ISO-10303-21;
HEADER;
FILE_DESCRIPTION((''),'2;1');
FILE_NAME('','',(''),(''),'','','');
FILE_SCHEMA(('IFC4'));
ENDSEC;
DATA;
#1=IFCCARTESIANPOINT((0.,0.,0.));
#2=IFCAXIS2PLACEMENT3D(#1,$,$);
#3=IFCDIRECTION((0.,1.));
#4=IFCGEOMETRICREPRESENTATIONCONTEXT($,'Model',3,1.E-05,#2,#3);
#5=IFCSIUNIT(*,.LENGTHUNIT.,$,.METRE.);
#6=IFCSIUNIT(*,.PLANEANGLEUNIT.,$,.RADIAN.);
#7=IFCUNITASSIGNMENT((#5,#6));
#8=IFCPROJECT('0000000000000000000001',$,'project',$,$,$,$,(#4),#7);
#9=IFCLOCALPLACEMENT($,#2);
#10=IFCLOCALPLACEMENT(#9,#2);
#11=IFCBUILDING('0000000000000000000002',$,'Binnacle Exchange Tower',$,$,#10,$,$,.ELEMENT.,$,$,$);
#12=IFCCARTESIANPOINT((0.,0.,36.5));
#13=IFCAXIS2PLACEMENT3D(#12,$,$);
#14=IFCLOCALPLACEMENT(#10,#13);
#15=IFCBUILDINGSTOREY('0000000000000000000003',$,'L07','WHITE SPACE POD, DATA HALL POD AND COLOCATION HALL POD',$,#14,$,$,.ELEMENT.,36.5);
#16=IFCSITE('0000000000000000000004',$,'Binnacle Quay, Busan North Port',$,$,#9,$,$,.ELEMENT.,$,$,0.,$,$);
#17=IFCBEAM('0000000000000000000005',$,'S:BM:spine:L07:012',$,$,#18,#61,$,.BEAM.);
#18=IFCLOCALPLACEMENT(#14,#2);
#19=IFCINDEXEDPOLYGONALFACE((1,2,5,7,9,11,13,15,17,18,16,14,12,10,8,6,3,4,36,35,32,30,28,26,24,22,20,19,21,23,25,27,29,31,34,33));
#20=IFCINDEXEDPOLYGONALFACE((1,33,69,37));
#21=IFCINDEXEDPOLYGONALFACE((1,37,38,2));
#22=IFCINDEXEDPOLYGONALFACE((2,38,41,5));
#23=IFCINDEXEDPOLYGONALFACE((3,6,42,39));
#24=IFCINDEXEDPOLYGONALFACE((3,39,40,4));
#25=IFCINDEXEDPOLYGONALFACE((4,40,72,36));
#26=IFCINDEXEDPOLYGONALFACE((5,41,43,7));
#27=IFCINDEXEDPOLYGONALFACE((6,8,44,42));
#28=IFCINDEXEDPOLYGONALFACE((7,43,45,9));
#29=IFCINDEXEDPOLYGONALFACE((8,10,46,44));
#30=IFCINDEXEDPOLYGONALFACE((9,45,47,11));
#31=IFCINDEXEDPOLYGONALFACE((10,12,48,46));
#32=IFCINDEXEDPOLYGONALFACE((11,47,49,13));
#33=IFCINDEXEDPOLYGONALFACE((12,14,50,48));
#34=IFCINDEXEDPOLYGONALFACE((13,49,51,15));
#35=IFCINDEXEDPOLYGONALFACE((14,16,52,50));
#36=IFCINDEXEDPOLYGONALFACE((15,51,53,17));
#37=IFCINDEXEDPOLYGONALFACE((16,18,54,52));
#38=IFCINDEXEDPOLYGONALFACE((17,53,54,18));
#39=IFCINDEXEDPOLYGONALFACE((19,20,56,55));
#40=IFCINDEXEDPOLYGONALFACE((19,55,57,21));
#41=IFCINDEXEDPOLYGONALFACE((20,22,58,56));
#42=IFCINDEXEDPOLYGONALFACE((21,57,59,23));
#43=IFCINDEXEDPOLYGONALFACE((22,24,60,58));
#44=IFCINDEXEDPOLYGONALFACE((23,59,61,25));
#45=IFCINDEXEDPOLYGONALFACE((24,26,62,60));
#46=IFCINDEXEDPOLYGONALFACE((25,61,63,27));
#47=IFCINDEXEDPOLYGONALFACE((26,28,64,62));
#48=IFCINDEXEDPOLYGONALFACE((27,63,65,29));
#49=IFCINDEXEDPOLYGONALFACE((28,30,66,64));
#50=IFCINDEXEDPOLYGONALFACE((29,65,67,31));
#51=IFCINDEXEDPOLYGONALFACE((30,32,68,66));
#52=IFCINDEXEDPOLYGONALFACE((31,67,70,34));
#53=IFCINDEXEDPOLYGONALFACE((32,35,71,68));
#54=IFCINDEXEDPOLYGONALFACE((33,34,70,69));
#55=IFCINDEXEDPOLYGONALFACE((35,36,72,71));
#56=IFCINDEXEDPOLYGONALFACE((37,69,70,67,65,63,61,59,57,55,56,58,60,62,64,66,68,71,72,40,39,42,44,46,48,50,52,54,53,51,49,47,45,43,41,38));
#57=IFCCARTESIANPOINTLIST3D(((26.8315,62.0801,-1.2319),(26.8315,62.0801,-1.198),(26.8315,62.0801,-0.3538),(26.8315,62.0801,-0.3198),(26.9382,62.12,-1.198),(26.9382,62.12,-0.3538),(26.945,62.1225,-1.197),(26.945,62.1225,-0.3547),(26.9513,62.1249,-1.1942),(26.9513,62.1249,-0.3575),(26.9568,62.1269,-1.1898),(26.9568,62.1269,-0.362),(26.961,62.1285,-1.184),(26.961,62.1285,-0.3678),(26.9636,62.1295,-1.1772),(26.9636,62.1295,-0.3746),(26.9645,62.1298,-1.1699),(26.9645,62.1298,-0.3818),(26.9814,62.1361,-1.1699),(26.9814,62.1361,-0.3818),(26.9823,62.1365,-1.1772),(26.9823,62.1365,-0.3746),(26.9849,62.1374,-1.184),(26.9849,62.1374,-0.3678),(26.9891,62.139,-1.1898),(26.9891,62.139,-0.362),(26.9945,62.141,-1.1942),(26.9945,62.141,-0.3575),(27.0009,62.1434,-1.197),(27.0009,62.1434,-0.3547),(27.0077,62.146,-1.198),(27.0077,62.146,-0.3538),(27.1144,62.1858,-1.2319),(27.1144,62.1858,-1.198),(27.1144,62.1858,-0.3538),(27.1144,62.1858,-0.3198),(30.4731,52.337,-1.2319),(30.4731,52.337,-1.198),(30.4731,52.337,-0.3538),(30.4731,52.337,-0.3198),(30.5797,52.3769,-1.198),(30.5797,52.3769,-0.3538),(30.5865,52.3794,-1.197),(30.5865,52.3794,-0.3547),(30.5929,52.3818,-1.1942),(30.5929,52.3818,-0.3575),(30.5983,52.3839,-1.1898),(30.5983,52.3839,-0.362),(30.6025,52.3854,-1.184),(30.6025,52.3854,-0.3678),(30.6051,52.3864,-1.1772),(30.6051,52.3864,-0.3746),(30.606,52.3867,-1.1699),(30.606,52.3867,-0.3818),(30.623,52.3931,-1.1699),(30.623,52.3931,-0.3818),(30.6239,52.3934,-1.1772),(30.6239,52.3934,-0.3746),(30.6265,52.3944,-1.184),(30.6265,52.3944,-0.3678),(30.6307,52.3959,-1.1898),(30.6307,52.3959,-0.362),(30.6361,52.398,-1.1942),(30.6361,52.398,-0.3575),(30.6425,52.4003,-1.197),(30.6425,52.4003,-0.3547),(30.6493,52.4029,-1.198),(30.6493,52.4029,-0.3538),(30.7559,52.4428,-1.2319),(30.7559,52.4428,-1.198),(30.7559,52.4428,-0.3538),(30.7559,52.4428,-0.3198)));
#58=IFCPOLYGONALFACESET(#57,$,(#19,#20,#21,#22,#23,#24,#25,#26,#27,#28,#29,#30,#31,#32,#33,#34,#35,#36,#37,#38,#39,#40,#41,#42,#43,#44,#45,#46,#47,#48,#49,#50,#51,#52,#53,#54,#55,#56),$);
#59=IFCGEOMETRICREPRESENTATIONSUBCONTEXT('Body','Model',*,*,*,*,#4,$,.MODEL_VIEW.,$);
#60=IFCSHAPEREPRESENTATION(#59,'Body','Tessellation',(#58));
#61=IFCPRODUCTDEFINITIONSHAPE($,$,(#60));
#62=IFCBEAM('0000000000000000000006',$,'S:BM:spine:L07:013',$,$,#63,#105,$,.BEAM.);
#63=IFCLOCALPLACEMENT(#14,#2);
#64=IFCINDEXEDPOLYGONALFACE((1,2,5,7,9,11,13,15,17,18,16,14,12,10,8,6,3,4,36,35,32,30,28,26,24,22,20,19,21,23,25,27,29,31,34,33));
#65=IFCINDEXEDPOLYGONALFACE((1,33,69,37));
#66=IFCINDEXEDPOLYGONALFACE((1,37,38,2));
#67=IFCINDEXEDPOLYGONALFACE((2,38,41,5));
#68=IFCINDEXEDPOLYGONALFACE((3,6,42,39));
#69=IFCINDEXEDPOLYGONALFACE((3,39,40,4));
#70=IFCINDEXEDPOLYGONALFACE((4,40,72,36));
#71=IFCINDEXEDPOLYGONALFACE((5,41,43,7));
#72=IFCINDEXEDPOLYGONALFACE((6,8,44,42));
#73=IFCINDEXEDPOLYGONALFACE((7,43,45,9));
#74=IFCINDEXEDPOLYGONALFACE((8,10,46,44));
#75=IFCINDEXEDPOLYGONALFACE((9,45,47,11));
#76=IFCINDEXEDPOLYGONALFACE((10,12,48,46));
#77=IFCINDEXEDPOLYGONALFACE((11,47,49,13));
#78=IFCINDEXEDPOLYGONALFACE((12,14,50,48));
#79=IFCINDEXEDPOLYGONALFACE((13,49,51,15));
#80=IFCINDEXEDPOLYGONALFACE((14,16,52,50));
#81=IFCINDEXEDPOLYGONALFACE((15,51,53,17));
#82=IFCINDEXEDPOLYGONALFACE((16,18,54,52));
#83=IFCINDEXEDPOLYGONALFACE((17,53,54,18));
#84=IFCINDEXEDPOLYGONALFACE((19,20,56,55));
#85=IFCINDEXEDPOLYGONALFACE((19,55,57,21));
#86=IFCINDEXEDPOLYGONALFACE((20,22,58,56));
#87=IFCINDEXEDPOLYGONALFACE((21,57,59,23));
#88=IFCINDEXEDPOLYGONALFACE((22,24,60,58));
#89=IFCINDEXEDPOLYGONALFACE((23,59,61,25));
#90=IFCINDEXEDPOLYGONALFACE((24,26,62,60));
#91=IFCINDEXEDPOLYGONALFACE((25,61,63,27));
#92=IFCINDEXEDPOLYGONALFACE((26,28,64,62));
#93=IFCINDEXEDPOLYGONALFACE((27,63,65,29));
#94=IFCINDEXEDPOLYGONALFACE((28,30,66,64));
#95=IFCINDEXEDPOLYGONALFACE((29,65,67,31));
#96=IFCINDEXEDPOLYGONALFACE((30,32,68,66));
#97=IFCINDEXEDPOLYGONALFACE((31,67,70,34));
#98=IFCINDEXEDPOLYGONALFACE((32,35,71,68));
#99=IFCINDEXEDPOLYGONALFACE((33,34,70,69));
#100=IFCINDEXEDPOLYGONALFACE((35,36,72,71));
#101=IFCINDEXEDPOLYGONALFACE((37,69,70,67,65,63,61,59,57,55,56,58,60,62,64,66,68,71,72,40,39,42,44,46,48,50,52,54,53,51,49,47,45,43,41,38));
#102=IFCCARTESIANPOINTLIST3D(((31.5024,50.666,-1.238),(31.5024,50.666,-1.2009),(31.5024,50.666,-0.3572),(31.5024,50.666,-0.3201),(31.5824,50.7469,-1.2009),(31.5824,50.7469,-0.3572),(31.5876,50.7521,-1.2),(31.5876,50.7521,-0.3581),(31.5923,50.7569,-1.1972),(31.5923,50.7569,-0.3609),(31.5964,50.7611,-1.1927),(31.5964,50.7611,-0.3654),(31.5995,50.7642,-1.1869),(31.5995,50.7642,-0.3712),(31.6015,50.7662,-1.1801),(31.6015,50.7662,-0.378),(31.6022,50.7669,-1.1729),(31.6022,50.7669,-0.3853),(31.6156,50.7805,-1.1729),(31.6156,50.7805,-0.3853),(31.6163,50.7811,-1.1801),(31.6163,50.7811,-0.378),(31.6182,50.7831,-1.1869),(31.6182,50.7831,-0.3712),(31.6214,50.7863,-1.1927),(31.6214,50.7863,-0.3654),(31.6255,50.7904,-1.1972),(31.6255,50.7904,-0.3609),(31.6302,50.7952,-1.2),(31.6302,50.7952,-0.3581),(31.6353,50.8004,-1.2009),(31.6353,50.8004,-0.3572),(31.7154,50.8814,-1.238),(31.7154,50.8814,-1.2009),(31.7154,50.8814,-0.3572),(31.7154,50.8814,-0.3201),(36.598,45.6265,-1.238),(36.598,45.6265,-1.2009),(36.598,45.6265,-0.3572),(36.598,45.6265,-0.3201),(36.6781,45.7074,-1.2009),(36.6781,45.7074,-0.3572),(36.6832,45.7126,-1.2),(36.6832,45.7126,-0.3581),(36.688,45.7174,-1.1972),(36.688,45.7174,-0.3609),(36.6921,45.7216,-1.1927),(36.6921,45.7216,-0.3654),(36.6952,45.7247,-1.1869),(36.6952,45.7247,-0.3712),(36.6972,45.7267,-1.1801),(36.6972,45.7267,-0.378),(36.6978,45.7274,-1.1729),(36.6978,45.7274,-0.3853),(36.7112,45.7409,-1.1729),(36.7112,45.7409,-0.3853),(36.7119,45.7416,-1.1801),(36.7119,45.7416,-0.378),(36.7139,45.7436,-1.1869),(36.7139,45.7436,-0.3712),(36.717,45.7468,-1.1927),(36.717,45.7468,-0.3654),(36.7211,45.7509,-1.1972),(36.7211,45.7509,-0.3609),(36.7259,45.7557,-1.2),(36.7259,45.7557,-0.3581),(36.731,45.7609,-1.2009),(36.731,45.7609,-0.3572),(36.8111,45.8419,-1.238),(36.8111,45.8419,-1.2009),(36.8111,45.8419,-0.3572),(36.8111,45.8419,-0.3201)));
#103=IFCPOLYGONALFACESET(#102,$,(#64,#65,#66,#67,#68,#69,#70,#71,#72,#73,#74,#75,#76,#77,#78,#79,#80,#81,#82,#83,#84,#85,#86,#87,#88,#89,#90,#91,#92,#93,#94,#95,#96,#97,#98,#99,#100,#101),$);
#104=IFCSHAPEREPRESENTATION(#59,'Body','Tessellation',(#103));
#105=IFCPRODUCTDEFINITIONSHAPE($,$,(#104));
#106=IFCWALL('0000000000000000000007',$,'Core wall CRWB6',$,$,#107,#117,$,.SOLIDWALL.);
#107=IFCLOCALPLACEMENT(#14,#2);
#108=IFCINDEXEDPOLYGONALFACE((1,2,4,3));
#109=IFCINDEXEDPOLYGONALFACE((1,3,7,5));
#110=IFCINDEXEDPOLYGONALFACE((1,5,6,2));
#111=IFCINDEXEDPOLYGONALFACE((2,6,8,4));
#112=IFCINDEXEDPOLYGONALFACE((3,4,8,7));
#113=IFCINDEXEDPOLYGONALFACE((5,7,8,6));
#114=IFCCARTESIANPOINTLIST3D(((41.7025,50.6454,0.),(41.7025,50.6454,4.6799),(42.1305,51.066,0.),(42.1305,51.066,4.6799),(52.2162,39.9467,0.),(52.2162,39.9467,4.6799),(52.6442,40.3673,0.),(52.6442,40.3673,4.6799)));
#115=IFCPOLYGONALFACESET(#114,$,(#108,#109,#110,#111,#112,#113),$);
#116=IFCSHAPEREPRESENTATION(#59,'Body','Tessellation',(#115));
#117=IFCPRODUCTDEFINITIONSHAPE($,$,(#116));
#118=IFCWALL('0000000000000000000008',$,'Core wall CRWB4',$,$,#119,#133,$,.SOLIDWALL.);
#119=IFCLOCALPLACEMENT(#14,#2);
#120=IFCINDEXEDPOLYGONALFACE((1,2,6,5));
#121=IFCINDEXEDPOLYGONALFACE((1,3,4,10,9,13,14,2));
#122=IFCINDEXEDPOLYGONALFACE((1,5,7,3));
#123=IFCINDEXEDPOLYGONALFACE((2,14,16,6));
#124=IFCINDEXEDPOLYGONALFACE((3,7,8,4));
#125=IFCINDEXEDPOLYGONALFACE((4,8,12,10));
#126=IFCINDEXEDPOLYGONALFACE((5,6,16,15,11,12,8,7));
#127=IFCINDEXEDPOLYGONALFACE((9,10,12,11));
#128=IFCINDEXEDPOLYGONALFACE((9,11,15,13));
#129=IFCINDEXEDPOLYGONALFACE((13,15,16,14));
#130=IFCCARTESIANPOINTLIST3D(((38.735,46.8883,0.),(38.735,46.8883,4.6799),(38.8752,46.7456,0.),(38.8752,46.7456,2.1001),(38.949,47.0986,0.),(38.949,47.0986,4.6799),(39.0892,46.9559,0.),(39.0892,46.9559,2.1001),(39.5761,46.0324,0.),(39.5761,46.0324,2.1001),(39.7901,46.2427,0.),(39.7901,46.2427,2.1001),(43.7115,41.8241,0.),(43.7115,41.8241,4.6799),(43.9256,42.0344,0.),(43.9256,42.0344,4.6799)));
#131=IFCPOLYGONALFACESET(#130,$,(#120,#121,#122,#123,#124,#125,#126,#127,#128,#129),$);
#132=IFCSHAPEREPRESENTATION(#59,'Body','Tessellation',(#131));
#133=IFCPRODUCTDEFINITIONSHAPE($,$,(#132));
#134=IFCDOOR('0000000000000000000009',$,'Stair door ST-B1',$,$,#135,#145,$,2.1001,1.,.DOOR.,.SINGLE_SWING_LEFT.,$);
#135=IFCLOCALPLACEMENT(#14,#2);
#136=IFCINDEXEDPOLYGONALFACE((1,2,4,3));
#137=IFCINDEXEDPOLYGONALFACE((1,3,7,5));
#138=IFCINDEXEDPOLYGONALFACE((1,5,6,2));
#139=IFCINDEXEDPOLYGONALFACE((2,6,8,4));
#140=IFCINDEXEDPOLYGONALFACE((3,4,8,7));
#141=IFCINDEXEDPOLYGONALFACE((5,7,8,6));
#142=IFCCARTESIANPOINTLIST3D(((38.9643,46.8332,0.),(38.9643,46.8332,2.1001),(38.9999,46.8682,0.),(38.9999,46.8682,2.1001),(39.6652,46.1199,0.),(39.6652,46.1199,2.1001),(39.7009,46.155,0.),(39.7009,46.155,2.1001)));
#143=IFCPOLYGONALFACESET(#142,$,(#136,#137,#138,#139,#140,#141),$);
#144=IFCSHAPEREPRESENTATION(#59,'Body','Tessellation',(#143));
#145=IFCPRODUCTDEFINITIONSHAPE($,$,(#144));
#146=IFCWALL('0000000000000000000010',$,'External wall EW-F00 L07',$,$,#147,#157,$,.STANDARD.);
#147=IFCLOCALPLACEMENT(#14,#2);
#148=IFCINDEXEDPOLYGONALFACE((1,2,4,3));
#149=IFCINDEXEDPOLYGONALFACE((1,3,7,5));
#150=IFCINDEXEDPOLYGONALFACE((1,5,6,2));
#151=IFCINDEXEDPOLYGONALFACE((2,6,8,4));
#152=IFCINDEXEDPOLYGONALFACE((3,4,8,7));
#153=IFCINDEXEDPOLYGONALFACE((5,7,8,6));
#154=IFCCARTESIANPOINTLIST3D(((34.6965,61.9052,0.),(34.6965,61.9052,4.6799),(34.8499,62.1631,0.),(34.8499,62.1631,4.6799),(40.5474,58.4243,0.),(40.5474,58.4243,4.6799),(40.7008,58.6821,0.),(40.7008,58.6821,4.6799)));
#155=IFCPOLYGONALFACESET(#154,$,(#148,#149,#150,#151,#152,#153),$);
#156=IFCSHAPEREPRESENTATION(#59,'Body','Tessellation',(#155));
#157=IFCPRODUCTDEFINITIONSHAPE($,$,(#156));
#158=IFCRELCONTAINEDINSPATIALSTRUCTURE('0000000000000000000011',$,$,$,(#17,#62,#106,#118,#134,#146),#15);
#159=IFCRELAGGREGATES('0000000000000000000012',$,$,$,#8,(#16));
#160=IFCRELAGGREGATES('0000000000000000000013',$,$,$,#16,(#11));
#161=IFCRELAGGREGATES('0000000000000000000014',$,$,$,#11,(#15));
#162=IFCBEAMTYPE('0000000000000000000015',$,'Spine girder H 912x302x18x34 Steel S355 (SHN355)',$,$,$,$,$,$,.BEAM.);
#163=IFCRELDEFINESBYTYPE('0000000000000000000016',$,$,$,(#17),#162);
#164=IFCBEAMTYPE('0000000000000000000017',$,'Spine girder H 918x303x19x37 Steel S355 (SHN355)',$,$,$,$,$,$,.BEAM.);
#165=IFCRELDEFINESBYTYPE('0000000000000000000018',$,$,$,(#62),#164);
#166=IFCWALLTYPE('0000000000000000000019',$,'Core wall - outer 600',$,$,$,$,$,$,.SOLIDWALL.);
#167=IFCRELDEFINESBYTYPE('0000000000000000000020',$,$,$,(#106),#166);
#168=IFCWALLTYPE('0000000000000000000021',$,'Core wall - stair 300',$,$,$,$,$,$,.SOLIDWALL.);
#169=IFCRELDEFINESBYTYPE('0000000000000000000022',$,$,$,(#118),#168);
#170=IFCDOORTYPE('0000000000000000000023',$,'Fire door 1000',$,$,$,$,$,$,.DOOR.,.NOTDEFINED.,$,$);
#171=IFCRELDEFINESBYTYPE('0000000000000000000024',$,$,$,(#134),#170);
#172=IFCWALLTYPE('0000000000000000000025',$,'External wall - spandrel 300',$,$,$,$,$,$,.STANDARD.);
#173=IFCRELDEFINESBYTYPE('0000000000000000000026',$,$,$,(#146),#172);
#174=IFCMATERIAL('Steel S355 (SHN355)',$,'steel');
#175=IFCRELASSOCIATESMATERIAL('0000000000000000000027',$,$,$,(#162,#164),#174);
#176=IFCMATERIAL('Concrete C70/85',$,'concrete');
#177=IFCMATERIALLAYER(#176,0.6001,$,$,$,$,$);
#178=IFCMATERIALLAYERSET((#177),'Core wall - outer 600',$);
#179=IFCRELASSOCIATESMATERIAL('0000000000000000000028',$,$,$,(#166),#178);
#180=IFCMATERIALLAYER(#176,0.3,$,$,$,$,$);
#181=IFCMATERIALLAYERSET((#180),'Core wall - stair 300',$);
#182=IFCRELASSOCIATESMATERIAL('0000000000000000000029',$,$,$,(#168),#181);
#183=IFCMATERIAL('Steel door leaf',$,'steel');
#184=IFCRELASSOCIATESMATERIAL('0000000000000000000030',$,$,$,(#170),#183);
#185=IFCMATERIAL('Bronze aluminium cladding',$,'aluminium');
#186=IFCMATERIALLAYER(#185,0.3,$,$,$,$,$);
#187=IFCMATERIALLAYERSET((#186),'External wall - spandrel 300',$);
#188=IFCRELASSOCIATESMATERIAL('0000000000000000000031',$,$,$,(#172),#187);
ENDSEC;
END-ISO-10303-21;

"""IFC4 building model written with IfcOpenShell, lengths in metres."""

from ifc_helpers import new_model, si_unit, direction, frame, frame_2d, origin, origin_2d, place, context, subcontext, project, spatial, rectangle, i_section, extrude, material, layer, layer_set, material_profile, profile_set, type_object, element, fill, save


model = new_model("IFC4")

# Units and contexts
model_context = context("Model", 3, precision=1e-05, world=origin(), true_north=direction((0.0, 1.0)))
body_context = subcontext(model_context, "Body", "Model", "MODEL_VIEW")
ifc_project = project(units=[si_unit("LENGTHUNIT", "METRE"), si_unit("PLANEANGLEUNIT", "RADIAN")], contexts=[model_context])

# Site, building, storey
site_placement = place(None, origin())
site = spatial("IfcSite", under=ifc_project, at=site_placement, Name="Binnacle Quay, Busan North Port", CompositionType="ELEMENT", RefElevation=0.0)
building_placement = place(site_placement, origin())
building = spatial("IfcBuilding", under=site, at=building_placement, Name="Binnacle Exchange Tower", CompositionType="ELEMENT")
storey_placement = place(building_placement, frame((0.0, 0.0, 36.5)))
storey = spatial("IfcBuildingStorey", under=building, at=storey_placement, Name="L07", Description="WHITE SPACE POD, DATA HALL POD AND COLOCATION HALL POD", CompositionType="ELEMENT", Elevation=36.5)

# Shared definitions
ifc_material_1 = material(Name="Concrete C70/85", Category="concrete")

# Beams
ifc_material_2 = material(Name="Steel S355 (SHN355)", Category="steel")
ifc_material_profile_1 = material_profile(ifc_material_2, i_section(OverallWidth=0.302, OverallDepth=0.9121, WebThickness=0.0181, FlangeThickness=0.0339, FilletRadius=0.0281, at=origin_2d()), Name="H 912x302x18x34")
ifc_profile_set_1 = profile_set([ifc_material_profile_1], Name="Steel S355 (SHN355)")
beam_type_1 = type_object("IfcBeamType", Name="Spine girder H 912x302x18x34 Steel S355 (SHN355)", PredefinedType="BEAM", material=ifc_profile_set_1)
beam_1_placement = place(storey_placement, frame((30.6145, 52.3899, -0.7759), z_axis=(-0.350105, 0.936711, 0.0), x_axis=(-0.936711, -0.350105, 0.0)))
element("IfcBeam", 1, at=beam_1_placement, inside=storey, type_object=beam_type_1, Name="S:BM:spine:L07:012", PredefinedType="BEAM", context=body_context, shape_type="SweptSolid", body=[
    extrude(i_section(OverallWidth=0.302, OverallDepth=0.9121, WebThickness=0.0181, FlangeThickness=0.0339, FilletRadius=0.0281, at=origin_2d()), origin(), (0.0, 0.0, 1.0), 10.4014),
])
ifc_material_profile_2 = material_profile(ifc_material_2, i_section(OverallWidth=0.303, OverallDepth=0.918, WebThickness=0.019, FlangeThickness=0.0371, FilletRadius=0.0281, at=origin_2d()), Name="H 918x303x19x37")
ifc_profile_set_2 = profile_set([ifc_material_profile_2], Name="Steel S355 (SHN355)")
beam_type_2 = type_object("IfcBeamType", Name="Spine girder H 918x303x19x37 Steel S355 (SHN355)", PredefinedType="BEAM", material=ifc_profile_set_2)
beam_2_placement = place(storey_placement, frame((31.6089, 50.7737, -0.7791), z_axis=(0.711013, -0.703178, 0.0), x_axis=(0.703178, 0.711013, 0.0)))
element("IfcBeam", 2, at=beam_2_placement, inside=storey, type_object=beam_type_2, Name="S:BM:spine:L07:013", PredefinedType="BEAM", context=body_context, shape_type="SweptSolid", body=[
    extrude(i_section(OverallWidth=0.303, OverallDepth=0.918, WebThickness=0.019, FlangeThickness=0.0371, FilletRadius=0.0281, at=origin_2d()), origin(), (0.0, 0.0, 1.0), 7.1667),
])

# Wall
ifc_layer_1 = layer(ifc_material_1, 0.6001)
ifc_layer_set_1 = layer_set([ifc_layer_1], Name="Core wall - outer 600")
wall_type_1 = type_object("IfcWallType", Name="Core wall - outer 600", PredefinedType="SOLIDWALL", material=ifc_layer_set_1)
wall_1_placement = place(storey_placement, frame((41.9165, 50.8557, 0.0), z_axis=(0.0, 0.0, 1.0), x_axis=(0.700911, -0.713248, 0.0)))
element("IfcWall", 3, at=wall_1_placement, inside=storey, type_object=wall_type_1, Name="Core wall CRWB6", PredefinedType="SOLIDWALL", context=body_context, shape_type="SweptSolid", body=[
    extrude(rectangle(XDim=15.0, YDim=0.6001, at=frame_2d((7.5, 0.0))), origin(), (0.0, 0.0, 1.0), 4.6799),
])

# Wall, opening, door
ifc_layer_2 = layer(ifc_material_1, 0.3)
ifc_layer_set_2 = layer_set([ifc_layer_2], Name="Core wall - stair 300")
wall_type_2 = type_object("IfcWallType", Name="Core wall - stair 300", PredefinedType="SOLIDWALL", material=ifc_layer_set_2)
wall_2_placement = place(storey_placement, frame((38.842, 46.9934, 0.0), z_axis=(0.0, 0.0, 1.0), x_axis=(0.700908, -0.713252, 0.0)))
wall_2 = element("IfcWall", 4, at=wall_2_placement, inside=storey, type_object=wall_type_2, Name="Core wall CRWB4", PredefinedType="SOLIDWALL", context=body_context, shape_type="SweptSolid", body=[
    extrude(rectangle(XDim=7.1001, YDim=0.3, at=frame_2d((3.55, 0.0))), origin(), (0.0, 0.0, 1.0), 4.6799),
])
opening_1_placement = place(wall_2_placement, frame((0.2, 0.0, 0.0)))
opening_1 = element("IfcOpeningElement", 5, at=opening_1_placement, cuts=wall_2, PredefinedType="OPENING", context=body_context, shape_type="SweptSolid", body=[
    extrude(rectangle(XDim=1.0, YDim=2.1001, at=frame_2d((0.5, 1.05))), frame((0.0, 0.1599, 0.0), z_axis=(0.0, -1.0, 0.0), x_axis=(1.0, 0.0, 0.0)), (0.0, 0.0, 1.0), 0.3201),
])
ifc_material_3 = material(Name="Steel door leaf", Category="steel")
door_type = type_object("IfcDoorType", Name="Fire door 1000", OperationType="NOTDEFINED", PredefinedType="DOOR", material=ifc_material_3)
door_placement = place(opening_1_placement, origin())
door = element("IfcDoor", 6, at=door_placement, inside=storey, type_object=door_type, Name="Stair door ST-B1", OperationType="SINGLE_SWING_LEFT", OverallHeight=2.1001, OverallWidth=1.0, PredefinedType="DOOR", context=body_context, shape_type="SweptSolid", body=[
    extrude(rectangle(XDim=1.0, YDim=2.1001, at=frame_2d((0.5, 1.05))), frame((0.0, 0.0249, 0.0), z_axis=(0.0, -1.0, 0.0), x_axis=(1.0, 0.0, 0.0)), (0.0, 0.0, 1.0), 0.05),
])
fill(opening_1, door)

# Wall
ifc_material_4 = material(Name="Bronze aluminium cladding", Category="aluminium")
ifc_layer_3 = layer(ifc_material_4, 0.3)
ifc_layer_set_3 = layer_set([ifc_layer_3], Name="External wall - spandrel 300")
wall_type_3 = type_object("IfcWallType", Name="External wall - spandrel 300", PredefinedType="STANDARD", material=ifc_layer_set_3)
wall_3_placement = place(storey_placement, frame((34.7732, 62.0342, 0.0), z_axis=(0.0, 0.0, 1.0), x_axis=(0.859401, -0.511302, 0.0)))
element("IfcWall", 7, at=wall_3_placement, inside=storey, type_object=wall_type_3, Name="External wall EW-F00 L07", PredefinedType="STANDARD", context=body_context, shape_type="SweptSolid", body=[
    extrude(rectangle(XDim=6.8081, YDim=0.3, at=frame_2d((3.4041, 0.0))), origin(), (0.0, 0.0, 1.0), 4.6799),
])

save(model, "model.ifc")
